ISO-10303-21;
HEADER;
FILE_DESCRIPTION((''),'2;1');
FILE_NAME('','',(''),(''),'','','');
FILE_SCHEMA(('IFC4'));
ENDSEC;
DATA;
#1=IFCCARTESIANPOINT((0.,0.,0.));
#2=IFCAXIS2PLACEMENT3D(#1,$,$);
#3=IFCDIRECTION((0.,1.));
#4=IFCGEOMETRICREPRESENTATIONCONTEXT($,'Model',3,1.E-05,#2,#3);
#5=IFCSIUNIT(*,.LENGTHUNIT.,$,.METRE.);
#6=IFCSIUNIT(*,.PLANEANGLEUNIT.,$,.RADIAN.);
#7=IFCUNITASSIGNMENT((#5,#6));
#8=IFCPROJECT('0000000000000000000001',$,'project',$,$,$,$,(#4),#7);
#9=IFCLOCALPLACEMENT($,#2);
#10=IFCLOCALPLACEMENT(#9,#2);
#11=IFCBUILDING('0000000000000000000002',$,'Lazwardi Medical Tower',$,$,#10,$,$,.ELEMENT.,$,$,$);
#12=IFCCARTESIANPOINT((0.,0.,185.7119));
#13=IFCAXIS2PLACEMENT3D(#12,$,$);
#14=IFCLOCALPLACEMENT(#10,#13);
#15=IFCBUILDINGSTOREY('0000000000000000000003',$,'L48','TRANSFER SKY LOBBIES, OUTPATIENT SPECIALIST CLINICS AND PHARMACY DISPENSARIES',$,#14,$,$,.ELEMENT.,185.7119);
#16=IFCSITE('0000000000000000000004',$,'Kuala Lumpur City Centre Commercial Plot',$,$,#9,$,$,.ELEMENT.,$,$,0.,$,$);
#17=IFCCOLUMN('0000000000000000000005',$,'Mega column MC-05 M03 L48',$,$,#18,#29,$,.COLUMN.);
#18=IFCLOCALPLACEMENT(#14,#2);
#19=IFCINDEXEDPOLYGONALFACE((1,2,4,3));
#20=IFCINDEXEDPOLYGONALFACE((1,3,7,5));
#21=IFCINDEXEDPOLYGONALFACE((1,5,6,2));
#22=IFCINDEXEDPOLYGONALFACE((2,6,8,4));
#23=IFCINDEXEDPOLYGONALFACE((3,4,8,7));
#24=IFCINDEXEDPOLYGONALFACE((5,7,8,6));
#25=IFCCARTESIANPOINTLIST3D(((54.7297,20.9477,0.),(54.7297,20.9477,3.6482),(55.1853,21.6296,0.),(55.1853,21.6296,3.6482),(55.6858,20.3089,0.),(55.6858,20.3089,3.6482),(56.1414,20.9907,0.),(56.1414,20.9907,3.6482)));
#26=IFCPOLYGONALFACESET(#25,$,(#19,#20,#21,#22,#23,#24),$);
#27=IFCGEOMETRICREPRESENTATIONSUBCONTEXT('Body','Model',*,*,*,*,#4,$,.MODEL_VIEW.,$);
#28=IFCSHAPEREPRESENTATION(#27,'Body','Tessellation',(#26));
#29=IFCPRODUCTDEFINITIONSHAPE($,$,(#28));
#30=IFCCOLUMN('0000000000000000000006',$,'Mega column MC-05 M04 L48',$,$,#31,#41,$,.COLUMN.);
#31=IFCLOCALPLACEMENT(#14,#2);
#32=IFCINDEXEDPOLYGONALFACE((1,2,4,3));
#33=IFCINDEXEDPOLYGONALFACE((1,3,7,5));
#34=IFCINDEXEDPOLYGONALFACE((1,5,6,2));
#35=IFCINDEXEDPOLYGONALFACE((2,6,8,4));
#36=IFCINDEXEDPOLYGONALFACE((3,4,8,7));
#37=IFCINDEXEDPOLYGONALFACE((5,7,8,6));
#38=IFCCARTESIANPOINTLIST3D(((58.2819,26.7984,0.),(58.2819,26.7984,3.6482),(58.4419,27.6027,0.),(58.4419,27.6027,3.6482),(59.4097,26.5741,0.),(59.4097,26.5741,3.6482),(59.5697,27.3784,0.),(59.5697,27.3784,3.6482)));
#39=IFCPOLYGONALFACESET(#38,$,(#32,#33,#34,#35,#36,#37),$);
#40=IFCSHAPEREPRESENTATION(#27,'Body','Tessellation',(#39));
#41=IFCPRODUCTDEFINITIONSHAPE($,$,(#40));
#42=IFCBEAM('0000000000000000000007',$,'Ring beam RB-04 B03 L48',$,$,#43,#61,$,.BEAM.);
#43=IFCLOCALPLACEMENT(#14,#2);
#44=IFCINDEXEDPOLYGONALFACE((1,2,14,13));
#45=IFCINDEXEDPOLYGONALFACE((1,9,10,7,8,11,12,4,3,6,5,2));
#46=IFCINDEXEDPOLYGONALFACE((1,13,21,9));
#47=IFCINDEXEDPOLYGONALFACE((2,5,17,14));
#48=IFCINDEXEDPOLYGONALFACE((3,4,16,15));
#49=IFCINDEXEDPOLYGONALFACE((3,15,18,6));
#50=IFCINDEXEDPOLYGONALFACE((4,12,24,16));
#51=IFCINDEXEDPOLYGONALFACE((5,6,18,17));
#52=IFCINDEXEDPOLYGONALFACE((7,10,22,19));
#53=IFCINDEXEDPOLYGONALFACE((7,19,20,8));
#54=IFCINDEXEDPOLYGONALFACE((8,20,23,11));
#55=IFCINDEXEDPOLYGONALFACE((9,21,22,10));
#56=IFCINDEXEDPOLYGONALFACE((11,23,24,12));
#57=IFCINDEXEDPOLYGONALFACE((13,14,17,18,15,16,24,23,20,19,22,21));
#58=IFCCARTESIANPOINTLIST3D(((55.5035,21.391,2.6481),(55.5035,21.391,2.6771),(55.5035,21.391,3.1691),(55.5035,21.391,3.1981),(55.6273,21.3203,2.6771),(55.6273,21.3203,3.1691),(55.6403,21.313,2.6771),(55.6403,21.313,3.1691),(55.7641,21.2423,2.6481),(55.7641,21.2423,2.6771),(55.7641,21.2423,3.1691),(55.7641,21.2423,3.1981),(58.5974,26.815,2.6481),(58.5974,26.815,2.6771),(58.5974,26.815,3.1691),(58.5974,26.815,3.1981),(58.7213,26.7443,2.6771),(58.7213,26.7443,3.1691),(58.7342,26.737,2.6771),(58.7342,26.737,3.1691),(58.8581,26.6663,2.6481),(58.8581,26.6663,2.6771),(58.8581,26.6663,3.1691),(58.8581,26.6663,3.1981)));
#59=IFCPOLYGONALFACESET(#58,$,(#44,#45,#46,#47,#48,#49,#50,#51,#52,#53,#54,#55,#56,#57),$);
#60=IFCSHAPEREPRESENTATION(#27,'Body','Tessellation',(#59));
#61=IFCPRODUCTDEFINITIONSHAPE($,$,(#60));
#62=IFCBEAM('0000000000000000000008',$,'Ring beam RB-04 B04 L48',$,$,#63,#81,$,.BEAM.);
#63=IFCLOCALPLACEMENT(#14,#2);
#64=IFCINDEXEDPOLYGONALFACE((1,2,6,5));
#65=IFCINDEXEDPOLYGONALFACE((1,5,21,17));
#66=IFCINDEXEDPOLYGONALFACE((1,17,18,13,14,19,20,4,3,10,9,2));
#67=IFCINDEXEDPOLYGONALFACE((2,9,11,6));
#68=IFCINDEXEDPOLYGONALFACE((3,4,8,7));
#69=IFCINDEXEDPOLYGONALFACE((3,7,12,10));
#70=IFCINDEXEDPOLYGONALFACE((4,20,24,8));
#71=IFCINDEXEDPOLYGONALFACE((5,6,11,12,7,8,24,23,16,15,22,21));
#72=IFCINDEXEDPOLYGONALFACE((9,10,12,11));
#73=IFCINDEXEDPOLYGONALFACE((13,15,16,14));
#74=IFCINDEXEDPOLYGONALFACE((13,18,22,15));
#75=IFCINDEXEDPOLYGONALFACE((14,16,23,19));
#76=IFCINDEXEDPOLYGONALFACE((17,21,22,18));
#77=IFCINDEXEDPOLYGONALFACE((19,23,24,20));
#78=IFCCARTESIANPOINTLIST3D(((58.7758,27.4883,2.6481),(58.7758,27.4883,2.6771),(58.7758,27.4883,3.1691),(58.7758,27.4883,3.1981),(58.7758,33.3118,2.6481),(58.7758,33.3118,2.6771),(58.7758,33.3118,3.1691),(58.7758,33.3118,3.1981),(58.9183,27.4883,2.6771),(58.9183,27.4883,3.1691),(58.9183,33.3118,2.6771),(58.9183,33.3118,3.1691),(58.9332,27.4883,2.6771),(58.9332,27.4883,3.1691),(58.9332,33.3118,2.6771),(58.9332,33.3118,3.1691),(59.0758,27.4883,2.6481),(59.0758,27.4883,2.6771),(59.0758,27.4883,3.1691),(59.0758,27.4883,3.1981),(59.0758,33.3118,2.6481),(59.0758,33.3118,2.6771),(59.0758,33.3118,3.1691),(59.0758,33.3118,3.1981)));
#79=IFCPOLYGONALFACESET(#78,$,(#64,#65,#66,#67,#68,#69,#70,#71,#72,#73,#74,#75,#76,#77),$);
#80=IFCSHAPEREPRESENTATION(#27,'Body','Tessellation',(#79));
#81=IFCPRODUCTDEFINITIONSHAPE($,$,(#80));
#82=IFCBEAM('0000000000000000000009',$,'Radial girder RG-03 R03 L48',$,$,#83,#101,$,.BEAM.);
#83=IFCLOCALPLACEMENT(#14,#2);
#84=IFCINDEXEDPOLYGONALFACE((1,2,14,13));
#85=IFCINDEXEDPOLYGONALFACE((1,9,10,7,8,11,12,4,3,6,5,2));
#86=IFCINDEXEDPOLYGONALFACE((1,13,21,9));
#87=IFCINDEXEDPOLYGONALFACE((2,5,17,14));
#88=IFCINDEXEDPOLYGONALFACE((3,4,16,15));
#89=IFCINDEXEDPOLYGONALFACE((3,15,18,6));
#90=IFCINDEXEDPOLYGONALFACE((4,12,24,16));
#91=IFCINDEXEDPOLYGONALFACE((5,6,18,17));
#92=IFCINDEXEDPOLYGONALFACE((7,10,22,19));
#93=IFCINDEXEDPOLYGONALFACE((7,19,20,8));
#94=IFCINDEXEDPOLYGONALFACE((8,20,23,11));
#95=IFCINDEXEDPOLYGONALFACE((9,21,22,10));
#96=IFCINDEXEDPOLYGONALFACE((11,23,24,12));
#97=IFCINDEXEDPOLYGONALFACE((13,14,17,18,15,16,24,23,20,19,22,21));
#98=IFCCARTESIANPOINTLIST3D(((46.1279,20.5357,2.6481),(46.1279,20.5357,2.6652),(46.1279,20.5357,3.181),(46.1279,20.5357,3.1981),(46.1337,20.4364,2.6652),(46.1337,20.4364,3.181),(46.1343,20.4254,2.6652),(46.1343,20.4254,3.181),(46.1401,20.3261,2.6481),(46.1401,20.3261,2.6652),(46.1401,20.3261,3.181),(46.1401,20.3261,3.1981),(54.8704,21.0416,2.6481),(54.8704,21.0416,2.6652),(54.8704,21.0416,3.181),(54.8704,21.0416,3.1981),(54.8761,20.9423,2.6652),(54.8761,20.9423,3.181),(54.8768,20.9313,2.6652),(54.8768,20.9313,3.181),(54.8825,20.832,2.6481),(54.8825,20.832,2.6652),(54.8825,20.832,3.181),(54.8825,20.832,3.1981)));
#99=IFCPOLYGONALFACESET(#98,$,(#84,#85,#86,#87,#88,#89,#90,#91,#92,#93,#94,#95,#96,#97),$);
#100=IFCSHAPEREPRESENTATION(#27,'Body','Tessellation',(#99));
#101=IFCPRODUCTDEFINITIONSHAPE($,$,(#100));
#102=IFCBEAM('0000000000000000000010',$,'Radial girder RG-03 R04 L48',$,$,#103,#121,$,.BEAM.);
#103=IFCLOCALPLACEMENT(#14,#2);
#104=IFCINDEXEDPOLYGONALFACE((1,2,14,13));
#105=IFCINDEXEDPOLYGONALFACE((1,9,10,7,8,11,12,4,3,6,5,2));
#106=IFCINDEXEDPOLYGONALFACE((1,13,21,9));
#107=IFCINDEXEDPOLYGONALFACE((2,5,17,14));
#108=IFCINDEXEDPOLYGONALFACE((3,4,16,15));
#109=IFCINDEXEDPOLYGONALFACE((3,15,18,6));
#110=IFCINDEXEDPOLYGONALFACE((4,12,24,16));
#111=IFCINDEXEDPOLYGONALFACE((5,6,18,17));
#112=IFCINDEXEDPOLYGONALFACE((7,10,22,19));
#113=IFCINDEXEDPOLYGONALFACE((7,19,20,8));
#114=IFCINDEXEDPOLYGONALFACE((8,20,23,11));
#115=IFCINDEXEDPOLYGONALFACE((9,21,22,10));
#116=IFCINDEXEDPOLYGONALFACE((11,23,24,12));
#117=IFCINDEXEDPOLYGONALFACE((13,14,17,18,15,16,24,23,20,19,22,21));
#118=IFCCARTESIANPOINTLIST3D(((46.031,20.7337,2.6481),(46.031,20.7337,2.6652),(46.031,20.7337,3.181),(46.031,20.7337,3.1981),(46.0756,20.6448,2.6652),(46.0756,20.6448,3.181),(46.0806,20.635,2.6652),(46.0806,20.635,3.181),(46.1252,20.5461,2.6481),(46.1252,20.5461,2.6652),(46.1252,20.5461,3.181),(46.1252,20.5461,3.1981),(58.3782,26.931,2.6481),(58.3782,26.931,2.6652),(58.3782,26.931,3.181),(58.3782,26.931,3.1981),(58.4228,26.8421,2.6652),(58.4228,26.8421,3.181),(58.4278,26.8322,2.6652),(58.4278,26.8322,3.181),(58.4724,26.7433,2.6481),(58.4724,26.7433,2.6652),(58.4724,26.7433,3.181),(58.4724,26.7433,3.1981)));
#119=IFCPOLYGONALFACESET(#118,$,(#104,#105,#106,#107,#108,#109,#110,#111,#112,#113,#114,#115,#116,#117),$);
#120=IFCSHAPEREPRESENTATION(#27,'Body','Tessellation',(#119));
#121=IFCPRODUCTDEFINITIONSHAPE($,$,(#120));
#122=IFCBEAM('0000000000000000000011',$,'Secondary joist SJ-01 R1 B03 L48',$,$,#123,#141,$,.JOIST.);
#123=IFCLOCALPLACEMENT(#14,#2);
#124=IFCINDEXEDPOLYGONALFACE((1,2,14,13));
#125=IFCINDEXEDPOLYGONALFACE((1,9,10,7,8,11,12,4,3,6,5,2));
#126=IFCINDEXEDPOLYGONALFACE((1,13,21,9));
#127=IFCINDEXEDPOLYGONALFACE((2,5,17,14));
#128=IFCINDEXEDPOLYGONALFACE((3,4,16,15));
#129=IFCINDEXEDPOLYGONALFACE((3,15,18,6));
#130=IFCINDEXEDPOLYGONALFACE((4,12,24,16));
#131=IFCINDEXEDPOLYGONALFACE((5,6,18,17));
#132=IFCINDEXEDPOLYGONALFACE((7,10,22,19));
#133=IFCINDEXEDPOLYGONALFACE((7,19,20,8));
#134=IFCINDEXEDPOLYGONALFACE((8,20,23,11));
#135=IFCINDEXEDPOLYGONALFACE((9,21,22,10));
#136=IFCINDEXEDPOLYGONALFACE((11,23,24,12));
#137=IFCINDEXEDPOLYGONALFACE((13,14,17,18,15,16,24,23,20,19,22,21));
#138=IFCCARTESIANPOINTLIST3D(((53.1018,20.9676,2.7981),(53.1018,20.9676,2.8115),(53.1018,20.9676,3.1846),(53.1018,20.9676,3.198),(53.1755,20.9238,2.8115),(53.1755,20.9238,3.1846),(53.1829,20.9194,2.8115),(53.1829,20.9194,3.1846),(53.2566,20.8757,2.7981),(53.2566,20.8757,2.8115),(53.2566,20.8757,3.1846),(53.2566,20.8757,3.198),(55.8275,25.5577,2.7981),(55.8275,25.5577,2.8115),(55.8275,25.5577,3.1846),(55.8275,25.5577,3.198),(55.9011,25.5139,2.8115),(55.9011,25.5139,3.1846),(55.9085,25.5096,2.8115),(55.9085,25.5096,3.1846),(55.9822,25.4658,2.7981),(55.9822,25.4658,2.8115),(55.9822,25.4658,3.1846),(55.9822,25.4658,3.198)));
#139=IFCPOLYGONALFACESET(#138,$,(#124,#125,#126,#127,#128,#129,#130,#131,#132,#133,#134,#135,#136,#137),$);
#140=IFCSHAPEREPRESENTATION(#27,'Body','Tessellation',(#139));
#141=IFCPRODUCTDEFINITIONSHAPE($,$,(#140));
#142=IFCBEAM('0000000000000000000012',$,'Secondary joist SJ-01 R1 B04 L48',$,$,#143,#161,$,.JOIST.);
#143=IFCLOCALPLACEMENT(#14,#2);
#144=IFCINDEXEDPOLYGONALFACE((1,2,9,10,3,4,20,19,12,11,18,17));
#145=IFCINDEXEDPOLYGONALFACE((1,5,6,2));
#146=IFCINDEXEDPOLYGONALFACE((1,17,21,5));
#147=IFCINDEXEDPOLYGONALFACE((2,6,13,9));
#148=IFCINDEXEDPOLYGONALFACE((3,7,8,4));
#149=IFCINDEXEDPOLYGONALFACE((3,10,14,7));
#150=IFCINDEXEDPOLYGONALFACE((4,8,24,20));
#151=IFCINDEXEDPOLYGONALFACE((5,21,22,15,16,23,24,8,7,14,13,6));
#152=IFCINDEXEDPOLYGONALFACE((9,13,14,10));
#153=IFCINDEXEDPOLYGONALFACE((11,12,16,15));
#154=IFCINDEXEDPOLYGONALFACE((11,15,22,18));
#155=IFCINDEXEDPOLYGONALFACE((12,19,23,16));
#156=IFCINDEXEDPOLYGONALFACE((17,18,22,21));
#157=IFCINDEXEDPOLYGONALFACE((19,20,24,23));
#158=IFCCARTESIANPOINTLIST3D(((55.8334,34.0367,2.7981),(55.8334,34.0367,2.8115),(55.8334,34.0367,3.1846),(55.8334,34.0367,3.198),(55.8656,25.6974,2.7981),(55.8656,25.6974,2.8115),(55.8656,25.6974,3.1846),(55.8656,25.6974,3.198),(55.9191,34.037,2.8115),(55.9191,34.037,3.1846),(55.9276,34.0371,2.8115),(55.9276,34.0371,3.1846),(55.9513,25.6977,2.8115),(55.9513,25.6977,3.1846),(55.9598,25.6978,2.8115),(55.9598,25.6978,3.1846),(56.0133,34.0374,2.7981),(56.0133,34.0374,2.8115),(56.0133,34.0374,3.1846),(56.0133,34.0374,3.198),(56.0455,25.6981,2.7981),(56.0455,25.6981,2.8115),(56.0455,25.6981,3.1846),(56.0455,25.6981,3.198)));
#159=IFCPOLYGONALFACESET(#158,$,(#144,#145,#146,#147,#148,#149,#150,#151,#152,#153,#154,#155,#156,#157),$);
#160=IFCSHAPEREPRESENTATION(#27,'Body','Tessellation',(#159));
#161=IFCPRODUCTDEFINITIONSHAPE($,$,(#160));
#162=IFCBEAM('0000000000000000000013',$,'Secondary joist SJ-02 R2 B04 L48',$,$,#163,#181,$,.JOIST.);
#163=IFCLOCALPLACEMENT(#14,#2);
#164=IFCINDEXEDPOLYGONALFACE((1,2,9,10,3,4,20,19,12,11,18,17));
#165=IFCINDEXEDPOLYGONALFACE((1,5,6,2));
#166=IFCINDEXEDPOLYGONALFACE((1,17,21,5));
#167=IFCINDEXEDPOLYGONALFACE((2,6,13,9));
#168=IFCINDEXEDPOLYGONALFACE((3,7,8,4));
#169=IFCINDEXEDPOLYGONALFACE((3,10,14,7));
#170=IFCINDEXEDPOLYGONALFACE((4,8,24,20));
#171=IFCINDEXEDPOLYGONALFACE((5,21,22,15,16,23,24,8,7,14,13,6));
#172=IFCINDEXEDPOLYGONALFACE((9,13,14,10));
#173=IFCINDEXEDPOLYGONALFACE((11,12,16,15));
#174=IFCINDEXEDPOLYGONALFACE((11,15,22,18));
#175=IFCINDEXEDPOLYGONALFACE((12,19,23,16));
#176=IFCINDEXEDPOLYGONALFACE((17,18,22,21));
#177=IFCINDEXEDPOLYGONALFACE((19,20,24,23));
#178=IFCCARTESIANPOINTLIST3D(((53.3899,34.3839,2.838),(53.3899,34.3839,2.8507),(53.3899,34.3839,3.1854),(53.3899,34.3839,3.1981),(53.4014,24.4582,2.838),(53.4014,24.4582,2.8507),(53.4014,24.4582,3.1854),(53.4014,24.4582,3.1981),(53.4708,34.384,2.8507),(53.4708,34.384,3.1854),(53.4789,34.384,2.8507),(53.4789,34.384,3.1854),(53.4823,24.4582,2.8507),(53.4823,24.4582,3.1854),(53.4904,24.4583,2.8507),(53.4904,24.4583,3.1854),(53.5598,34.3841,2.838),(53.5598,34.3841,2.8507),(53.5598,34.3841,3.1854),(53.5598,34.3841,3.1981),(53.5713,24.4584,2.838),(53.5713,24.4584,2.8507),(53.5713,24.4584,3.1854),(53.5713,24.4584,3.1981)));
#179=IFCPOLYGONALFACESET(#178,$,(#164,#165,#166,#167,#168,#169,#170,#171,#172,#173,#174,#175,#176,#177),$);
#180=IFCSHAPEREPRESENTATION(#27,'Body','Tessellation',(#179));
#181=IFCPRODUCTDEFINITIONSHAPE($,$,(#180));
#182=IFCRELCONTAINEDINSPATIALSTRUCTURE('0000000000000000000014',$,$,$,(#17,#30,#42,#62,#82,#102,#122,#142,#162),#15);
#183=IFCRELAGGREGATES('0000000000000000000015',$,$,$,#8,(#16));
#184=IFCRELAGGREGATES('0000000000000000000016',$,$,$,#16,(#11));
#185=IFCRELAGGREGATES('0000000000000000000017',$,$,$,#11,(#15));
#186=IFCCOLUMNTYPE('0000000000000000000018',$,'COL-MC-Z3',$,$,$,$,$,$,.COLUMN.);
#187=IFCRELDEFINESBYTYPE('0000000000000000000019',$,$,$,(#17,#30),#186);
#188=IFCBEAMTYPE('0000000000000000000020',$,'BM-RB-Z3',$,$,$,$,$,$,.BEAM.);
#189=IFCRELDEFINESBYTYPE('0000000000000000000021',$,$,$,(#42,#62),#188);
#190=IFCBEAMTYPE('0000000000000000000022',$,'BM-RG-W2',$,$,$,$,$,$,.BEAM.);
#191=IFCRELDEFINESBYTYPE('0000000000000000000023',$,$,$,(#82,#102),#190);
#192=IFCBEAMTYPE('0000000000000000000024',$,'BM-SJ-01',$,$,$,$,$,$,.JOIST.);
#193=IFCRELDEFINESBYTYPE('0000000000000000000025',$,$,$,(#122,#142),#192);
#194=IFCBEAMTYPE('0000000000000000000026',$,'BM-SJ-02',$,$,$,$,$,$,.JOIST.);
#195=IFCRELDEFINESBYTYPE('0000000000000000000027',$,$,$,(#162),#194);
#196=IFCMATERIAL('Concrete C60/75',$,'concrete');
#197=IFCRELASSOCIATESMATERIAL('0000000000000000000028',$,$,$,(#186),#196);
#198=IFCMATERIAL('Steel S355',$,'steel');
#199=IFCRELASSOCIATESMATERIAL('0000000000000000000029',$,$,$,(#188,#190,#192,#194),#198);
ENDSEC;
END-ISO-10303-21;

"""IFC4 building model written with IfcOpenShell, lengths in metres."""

from ifc_helpers import new_model, si_unit, direction, frame, origin, origin_2d, place, context, subcontext, project, spatial, rectangle, i_section, extrude, material, material_profile, profile_set, type_object, element, save


model = new_model("IFC4")

# Units and contexts
model_context = context("Model", 3, precision=1e-05, world=origin(), true_north=direction((0.0, 1.0)))
body_context = subcontext(model_context, "Body", "Model", "MODEL_VIEW")
ifc_project = project(units=[si_unit("LENGTHUNIT", "METRE"), si_unit("PLANEANGLEUNIT", "RADIAN")], contexts=[model_context])

# Site, building, storey
site_placement = place(None, origin())
site = spatial("IfcSite", under=ifc_project, at=site_placement, Name="Kuala Lumpur City Centre Commercial Plot", CompositionType="ELEMENT", RefElevation=0.0)
building_placement = place(site_placement, origin())
building = spatial("IfcBuilding", under=site, at=building_placement, Name="Lazwardi Medical Tower", CompositionType="ELEMENT")
storey_placement = place(building_placement, frame((0.0, 0.0, 185.7119)))
storey = spatial("IfcBuildingStorey", under=building, at=storey_placement, Name="L48", Description="TRANSFER SKY LOBBIES, OUTPATIENT SPECIALIST CLINICS AND PHARMACY DISPENSARIES", CompositionType="ELEMENT", Elevation=185.7119)

# Columns
ifc_material_1 = material(Name="Concrete C60/75", Category="concrete")
ifc_material_profile_1 = material_profile(ifc_material_1, rectangle(XDim=1.1499, YDim=0.8201, at=origin_2d()), Name="CFT-RECT 1150x820")
ifc_profile_set_1 = profile_set([ifc_material_profile_1], Name="Concrete C60/75")
column_type = type_object("IfcColumnType", Name="COL-MC-Z3", PredefinedType="COLUMN", material=ifc_profile_set_1)
for number, where, z_axis, x_axis, name in (
    (1, (55.4355, 20.9692, 0.0), (0.0, 0.0, 1.0), (0.83147, -0.55557, 0.0), "Mega column MC-05 M03 L48"),
    (2, (58.9258, 27.0884, 0.0), (0.0, 0.0, 1.0), (0.980785, -0.19509, 0.0), "Mega column MC-05 M04 L48"),
):
    element("IfcColumn", number, at=place(storey_placement, frame(where, z_axis=z_axis, x_axis=x_axis)), inside=storey, type_object=column_type, Name=name, PredefinedType="COLUMN", context=body_context, shape_type="SweptSolid", body=[
        extrude(rectangle(XDim=1.1499, YDim=0.8201, at=origin_2d()), origin(), (0.0, 0.0, 1.0), 3.6482),
    ])

# Beams
ifc_material_2 = material(Name="Steel S355", Category="steel")
ifc_material_profile_2 = material_profile(ifc_material_2, i_section(OverallWidth=0.3, OverallDepth=0.55, WebThickness=0.0149, FlangeThickness=0.0291, at=origin_2d()), Name="HEB 550")
ifc_profile_set_2 = profile_set([ifc_material_profile_2], Name="Steel S355")
beam_type_1 = type_object("IfcBeamType", Name="BM-RB-Z3", PredefinedType="BEAM", material=ifc_profile_set_2)
beam_1_placement = place(storey_placement, frame((55.6338, 21.3167, 2.9231), z_axis=(0.495478, 0.868621, 0.0), x_axis=(-0.868621, 0.495478, 0.0)))
element("IfcBeam", 3, at=beam_1_placement, inside=storey, type_object=beam_type_1, Name="Ring beam RB-04 B03 L48", PredefinedType="BEAM", context=body_context, shape_type="SweptSolid", body=[
    extrude(i_section(OverallWidth=0.3, OverallDepth=0.55, WebThickness=0.0149, FlangeThickness=0.0291, at=origin_2d()), origin(), (0.0, 0.0, 1.0), 6.2444),
])
beam_2_placement = place(storey_placement, frame((58.9258, 27.4883, 2.9231), z_axis=(0.0, 1.0, 0.0), x_axis=(-1.0, 0.0, 0.0)))
element("IfcBeam", 4, at=beam_2_placement, inside=storey, type_object=beam_type_1, Name="Ring beam RB-04 B04 L48", PredefinedType="BEAM", context=body_context, shape_type="SweptSolid", body=[
    extrude(i_section(OverallWidth=0.3, OverallDepth=0.55, WebThickness=0.0149, FlangeThickness=0.0291, at=origin_2d()), origin(), (0.0, 0.0, 1.0), 5.8235),
])
ifc_material_profile_3 = material_profile(ifc_material_2, i_section(OverallWidth=0.21, OverallDepth=0.55, WebThickness=0.011, FlangeThickness=0.0171, at=origin_2d()), Name="IPE 550")
ifc_profile_set_3 = profile_set([ifc_material_profile_3], Name="Steel S355")
beam_type_2 = type_object("IfcBeamType", Name="BM-RG-W2", PredefinedType="BEAM", material=ifc_profile_set_3)
beam_3_placement = place(storey_placement, frame((54.8765, 20.9368, 2.9231), z_axis=(-0.99833, -0.057766, 0.0), x_axis=(0.057766, -0.99833, 0.0)))
element("IfcBeam", 5, at=beam_3_placement, inside=storey, type_object=beam_type_2, Name="Radial girder RG-03 R03 L48", PredefinedType="BEAM", context=body_context, shape_type="SweptSolid", body=[
    extrude(i_section(OverallWidth=0.21, OverallDepth=0.55, WebThickness=0.011, FlangeThickness=0.0171, at=origin_2d()), origin(), (0.0, 0.0, 1.0), 8.7571),
])
beam_4_placement = place(storey_placement, frame((58.4253, 26.8372, 2.9231), z_axis=(-0.89374, -0.448584, 0.0), x_axis=(0.448584, -0.89374, 0.0)))
element("IfcBeam", 6, at=beam_4_placement, inside=storey, type_object=beam_type_2, Name="Radial girder RG-03 R04 L48", PredefinedType="BEAM", context=body_context, shape_type="SweptSolid", body=[
    extrude(i_section(OverallWidth=0.21, OverallDepth=0.55, WebThickness=0.011, FlangeThickness=0.0171, at=origin_2d()), origin(), (0.0, 0.0, 1.0), 13.8152),
])
ifc_material_profile_4 = material_profile(ifc_material_2, i_section(OverallWidth=0.1799, OverallDepth=0.3999, WebThickness=0.0085, FlangeThickness=0.0134, at=origin_2d()), Name="IPE 400")
ifc_profile_set_4 = profile_set([ifc_material_profile_4], Name="Steel S355")
beam_type_3 = type_object("IfcBeamType", Name="BM-SJ-01", PredefinedType="JOIST", material=ifc_profile_set_4)
beam_5_placement = place(storey_placement, frame((53.1792, 20.9216, 2.998), z_axis=(0.510569, 0.859837, 0.0), x_axis=(-0.859837, 0.510569, 0.0)))
element("IfcBeam", 7, at=beam_5_placement, inside=storey, type_object=beam_type_3, Name="Secondary joist SJ-01 R1 B03 L48", PredefinedType="JOIST", context=body_context, shape_type="SweptSolid", body=[
    extrude(i_section(OverallWidth=0.1799, OverallDepth=0.3999, WebThickness=0.0085, FlangeThickness=0.0134, at=origin_2d()), origin(), (0.0, 0.0, 1.0), 5.3384),
])
beam_6_placement = place(storey_placement, frame((55.9556, 25.6978, 2.998), z_axis=(-0.003864, 0.999993, 0.0), x_axis=(-0.999993, -0.003864, 0.0)))
element("IfcBeam", 8, at=beam_6_placement, inside=storey, type_object=beam_type_3, Name="Secondary joist SJ-01 R1 B04 L48", PredefinedType="JOIST", context=body_context, shape_type="SweptSolid", body=[
    extrude(i_section(OverallWidth=0.1799, OverallDepth=0.3999, WebThickness=0.0085, FlangeThickness=0.0134, at=origin_2d()), origin(), (0.0, 0.0, 1.0), 8.3394),
])
ifc_material_profile_5 = material_profile(ifc_material_2, i_section(OverallWidth=0.1699, OverallDepth=0.3601, WebThickness=0.0081, FlangeThickness=0.0127, at=origin_2d()), Name="IPE 360")
ifc_profile_set_5 = profile_set([ifc_material_profile_5], Name="Steel S355")
beam_type_4 = type_object("IfcBeamType", Name="BM-SJ-02", PredefinedType="JOIST", material=ifc_profile_set_5)
beam_7_placement = place(storey_placement, frame((53.4863, 24.4583, 3.0181), z_axis=(-0.001156, 0.999999, 0.0), x_axis=(-0.999999, -0.001156, 0.0)))
element("IfcBeam", 9, at=beam_7_placement, inside=storey, type_object=beam_type_4, Name="Secondary joist SJ-02 R2 B04 L48", PredefinedType="JOIST", context=body_context, shape_type="SweptSolid", body=[
    extrude(i_section(OverallWidth=0.1699, OverallDepth=0.3601, WebThickness=0.0081, FlangeThickness=0.0127, at=origin_2d()), origin(), (0.0, 0.0, 1.0), 9.9258),
])

save(model, "model.ifc")
